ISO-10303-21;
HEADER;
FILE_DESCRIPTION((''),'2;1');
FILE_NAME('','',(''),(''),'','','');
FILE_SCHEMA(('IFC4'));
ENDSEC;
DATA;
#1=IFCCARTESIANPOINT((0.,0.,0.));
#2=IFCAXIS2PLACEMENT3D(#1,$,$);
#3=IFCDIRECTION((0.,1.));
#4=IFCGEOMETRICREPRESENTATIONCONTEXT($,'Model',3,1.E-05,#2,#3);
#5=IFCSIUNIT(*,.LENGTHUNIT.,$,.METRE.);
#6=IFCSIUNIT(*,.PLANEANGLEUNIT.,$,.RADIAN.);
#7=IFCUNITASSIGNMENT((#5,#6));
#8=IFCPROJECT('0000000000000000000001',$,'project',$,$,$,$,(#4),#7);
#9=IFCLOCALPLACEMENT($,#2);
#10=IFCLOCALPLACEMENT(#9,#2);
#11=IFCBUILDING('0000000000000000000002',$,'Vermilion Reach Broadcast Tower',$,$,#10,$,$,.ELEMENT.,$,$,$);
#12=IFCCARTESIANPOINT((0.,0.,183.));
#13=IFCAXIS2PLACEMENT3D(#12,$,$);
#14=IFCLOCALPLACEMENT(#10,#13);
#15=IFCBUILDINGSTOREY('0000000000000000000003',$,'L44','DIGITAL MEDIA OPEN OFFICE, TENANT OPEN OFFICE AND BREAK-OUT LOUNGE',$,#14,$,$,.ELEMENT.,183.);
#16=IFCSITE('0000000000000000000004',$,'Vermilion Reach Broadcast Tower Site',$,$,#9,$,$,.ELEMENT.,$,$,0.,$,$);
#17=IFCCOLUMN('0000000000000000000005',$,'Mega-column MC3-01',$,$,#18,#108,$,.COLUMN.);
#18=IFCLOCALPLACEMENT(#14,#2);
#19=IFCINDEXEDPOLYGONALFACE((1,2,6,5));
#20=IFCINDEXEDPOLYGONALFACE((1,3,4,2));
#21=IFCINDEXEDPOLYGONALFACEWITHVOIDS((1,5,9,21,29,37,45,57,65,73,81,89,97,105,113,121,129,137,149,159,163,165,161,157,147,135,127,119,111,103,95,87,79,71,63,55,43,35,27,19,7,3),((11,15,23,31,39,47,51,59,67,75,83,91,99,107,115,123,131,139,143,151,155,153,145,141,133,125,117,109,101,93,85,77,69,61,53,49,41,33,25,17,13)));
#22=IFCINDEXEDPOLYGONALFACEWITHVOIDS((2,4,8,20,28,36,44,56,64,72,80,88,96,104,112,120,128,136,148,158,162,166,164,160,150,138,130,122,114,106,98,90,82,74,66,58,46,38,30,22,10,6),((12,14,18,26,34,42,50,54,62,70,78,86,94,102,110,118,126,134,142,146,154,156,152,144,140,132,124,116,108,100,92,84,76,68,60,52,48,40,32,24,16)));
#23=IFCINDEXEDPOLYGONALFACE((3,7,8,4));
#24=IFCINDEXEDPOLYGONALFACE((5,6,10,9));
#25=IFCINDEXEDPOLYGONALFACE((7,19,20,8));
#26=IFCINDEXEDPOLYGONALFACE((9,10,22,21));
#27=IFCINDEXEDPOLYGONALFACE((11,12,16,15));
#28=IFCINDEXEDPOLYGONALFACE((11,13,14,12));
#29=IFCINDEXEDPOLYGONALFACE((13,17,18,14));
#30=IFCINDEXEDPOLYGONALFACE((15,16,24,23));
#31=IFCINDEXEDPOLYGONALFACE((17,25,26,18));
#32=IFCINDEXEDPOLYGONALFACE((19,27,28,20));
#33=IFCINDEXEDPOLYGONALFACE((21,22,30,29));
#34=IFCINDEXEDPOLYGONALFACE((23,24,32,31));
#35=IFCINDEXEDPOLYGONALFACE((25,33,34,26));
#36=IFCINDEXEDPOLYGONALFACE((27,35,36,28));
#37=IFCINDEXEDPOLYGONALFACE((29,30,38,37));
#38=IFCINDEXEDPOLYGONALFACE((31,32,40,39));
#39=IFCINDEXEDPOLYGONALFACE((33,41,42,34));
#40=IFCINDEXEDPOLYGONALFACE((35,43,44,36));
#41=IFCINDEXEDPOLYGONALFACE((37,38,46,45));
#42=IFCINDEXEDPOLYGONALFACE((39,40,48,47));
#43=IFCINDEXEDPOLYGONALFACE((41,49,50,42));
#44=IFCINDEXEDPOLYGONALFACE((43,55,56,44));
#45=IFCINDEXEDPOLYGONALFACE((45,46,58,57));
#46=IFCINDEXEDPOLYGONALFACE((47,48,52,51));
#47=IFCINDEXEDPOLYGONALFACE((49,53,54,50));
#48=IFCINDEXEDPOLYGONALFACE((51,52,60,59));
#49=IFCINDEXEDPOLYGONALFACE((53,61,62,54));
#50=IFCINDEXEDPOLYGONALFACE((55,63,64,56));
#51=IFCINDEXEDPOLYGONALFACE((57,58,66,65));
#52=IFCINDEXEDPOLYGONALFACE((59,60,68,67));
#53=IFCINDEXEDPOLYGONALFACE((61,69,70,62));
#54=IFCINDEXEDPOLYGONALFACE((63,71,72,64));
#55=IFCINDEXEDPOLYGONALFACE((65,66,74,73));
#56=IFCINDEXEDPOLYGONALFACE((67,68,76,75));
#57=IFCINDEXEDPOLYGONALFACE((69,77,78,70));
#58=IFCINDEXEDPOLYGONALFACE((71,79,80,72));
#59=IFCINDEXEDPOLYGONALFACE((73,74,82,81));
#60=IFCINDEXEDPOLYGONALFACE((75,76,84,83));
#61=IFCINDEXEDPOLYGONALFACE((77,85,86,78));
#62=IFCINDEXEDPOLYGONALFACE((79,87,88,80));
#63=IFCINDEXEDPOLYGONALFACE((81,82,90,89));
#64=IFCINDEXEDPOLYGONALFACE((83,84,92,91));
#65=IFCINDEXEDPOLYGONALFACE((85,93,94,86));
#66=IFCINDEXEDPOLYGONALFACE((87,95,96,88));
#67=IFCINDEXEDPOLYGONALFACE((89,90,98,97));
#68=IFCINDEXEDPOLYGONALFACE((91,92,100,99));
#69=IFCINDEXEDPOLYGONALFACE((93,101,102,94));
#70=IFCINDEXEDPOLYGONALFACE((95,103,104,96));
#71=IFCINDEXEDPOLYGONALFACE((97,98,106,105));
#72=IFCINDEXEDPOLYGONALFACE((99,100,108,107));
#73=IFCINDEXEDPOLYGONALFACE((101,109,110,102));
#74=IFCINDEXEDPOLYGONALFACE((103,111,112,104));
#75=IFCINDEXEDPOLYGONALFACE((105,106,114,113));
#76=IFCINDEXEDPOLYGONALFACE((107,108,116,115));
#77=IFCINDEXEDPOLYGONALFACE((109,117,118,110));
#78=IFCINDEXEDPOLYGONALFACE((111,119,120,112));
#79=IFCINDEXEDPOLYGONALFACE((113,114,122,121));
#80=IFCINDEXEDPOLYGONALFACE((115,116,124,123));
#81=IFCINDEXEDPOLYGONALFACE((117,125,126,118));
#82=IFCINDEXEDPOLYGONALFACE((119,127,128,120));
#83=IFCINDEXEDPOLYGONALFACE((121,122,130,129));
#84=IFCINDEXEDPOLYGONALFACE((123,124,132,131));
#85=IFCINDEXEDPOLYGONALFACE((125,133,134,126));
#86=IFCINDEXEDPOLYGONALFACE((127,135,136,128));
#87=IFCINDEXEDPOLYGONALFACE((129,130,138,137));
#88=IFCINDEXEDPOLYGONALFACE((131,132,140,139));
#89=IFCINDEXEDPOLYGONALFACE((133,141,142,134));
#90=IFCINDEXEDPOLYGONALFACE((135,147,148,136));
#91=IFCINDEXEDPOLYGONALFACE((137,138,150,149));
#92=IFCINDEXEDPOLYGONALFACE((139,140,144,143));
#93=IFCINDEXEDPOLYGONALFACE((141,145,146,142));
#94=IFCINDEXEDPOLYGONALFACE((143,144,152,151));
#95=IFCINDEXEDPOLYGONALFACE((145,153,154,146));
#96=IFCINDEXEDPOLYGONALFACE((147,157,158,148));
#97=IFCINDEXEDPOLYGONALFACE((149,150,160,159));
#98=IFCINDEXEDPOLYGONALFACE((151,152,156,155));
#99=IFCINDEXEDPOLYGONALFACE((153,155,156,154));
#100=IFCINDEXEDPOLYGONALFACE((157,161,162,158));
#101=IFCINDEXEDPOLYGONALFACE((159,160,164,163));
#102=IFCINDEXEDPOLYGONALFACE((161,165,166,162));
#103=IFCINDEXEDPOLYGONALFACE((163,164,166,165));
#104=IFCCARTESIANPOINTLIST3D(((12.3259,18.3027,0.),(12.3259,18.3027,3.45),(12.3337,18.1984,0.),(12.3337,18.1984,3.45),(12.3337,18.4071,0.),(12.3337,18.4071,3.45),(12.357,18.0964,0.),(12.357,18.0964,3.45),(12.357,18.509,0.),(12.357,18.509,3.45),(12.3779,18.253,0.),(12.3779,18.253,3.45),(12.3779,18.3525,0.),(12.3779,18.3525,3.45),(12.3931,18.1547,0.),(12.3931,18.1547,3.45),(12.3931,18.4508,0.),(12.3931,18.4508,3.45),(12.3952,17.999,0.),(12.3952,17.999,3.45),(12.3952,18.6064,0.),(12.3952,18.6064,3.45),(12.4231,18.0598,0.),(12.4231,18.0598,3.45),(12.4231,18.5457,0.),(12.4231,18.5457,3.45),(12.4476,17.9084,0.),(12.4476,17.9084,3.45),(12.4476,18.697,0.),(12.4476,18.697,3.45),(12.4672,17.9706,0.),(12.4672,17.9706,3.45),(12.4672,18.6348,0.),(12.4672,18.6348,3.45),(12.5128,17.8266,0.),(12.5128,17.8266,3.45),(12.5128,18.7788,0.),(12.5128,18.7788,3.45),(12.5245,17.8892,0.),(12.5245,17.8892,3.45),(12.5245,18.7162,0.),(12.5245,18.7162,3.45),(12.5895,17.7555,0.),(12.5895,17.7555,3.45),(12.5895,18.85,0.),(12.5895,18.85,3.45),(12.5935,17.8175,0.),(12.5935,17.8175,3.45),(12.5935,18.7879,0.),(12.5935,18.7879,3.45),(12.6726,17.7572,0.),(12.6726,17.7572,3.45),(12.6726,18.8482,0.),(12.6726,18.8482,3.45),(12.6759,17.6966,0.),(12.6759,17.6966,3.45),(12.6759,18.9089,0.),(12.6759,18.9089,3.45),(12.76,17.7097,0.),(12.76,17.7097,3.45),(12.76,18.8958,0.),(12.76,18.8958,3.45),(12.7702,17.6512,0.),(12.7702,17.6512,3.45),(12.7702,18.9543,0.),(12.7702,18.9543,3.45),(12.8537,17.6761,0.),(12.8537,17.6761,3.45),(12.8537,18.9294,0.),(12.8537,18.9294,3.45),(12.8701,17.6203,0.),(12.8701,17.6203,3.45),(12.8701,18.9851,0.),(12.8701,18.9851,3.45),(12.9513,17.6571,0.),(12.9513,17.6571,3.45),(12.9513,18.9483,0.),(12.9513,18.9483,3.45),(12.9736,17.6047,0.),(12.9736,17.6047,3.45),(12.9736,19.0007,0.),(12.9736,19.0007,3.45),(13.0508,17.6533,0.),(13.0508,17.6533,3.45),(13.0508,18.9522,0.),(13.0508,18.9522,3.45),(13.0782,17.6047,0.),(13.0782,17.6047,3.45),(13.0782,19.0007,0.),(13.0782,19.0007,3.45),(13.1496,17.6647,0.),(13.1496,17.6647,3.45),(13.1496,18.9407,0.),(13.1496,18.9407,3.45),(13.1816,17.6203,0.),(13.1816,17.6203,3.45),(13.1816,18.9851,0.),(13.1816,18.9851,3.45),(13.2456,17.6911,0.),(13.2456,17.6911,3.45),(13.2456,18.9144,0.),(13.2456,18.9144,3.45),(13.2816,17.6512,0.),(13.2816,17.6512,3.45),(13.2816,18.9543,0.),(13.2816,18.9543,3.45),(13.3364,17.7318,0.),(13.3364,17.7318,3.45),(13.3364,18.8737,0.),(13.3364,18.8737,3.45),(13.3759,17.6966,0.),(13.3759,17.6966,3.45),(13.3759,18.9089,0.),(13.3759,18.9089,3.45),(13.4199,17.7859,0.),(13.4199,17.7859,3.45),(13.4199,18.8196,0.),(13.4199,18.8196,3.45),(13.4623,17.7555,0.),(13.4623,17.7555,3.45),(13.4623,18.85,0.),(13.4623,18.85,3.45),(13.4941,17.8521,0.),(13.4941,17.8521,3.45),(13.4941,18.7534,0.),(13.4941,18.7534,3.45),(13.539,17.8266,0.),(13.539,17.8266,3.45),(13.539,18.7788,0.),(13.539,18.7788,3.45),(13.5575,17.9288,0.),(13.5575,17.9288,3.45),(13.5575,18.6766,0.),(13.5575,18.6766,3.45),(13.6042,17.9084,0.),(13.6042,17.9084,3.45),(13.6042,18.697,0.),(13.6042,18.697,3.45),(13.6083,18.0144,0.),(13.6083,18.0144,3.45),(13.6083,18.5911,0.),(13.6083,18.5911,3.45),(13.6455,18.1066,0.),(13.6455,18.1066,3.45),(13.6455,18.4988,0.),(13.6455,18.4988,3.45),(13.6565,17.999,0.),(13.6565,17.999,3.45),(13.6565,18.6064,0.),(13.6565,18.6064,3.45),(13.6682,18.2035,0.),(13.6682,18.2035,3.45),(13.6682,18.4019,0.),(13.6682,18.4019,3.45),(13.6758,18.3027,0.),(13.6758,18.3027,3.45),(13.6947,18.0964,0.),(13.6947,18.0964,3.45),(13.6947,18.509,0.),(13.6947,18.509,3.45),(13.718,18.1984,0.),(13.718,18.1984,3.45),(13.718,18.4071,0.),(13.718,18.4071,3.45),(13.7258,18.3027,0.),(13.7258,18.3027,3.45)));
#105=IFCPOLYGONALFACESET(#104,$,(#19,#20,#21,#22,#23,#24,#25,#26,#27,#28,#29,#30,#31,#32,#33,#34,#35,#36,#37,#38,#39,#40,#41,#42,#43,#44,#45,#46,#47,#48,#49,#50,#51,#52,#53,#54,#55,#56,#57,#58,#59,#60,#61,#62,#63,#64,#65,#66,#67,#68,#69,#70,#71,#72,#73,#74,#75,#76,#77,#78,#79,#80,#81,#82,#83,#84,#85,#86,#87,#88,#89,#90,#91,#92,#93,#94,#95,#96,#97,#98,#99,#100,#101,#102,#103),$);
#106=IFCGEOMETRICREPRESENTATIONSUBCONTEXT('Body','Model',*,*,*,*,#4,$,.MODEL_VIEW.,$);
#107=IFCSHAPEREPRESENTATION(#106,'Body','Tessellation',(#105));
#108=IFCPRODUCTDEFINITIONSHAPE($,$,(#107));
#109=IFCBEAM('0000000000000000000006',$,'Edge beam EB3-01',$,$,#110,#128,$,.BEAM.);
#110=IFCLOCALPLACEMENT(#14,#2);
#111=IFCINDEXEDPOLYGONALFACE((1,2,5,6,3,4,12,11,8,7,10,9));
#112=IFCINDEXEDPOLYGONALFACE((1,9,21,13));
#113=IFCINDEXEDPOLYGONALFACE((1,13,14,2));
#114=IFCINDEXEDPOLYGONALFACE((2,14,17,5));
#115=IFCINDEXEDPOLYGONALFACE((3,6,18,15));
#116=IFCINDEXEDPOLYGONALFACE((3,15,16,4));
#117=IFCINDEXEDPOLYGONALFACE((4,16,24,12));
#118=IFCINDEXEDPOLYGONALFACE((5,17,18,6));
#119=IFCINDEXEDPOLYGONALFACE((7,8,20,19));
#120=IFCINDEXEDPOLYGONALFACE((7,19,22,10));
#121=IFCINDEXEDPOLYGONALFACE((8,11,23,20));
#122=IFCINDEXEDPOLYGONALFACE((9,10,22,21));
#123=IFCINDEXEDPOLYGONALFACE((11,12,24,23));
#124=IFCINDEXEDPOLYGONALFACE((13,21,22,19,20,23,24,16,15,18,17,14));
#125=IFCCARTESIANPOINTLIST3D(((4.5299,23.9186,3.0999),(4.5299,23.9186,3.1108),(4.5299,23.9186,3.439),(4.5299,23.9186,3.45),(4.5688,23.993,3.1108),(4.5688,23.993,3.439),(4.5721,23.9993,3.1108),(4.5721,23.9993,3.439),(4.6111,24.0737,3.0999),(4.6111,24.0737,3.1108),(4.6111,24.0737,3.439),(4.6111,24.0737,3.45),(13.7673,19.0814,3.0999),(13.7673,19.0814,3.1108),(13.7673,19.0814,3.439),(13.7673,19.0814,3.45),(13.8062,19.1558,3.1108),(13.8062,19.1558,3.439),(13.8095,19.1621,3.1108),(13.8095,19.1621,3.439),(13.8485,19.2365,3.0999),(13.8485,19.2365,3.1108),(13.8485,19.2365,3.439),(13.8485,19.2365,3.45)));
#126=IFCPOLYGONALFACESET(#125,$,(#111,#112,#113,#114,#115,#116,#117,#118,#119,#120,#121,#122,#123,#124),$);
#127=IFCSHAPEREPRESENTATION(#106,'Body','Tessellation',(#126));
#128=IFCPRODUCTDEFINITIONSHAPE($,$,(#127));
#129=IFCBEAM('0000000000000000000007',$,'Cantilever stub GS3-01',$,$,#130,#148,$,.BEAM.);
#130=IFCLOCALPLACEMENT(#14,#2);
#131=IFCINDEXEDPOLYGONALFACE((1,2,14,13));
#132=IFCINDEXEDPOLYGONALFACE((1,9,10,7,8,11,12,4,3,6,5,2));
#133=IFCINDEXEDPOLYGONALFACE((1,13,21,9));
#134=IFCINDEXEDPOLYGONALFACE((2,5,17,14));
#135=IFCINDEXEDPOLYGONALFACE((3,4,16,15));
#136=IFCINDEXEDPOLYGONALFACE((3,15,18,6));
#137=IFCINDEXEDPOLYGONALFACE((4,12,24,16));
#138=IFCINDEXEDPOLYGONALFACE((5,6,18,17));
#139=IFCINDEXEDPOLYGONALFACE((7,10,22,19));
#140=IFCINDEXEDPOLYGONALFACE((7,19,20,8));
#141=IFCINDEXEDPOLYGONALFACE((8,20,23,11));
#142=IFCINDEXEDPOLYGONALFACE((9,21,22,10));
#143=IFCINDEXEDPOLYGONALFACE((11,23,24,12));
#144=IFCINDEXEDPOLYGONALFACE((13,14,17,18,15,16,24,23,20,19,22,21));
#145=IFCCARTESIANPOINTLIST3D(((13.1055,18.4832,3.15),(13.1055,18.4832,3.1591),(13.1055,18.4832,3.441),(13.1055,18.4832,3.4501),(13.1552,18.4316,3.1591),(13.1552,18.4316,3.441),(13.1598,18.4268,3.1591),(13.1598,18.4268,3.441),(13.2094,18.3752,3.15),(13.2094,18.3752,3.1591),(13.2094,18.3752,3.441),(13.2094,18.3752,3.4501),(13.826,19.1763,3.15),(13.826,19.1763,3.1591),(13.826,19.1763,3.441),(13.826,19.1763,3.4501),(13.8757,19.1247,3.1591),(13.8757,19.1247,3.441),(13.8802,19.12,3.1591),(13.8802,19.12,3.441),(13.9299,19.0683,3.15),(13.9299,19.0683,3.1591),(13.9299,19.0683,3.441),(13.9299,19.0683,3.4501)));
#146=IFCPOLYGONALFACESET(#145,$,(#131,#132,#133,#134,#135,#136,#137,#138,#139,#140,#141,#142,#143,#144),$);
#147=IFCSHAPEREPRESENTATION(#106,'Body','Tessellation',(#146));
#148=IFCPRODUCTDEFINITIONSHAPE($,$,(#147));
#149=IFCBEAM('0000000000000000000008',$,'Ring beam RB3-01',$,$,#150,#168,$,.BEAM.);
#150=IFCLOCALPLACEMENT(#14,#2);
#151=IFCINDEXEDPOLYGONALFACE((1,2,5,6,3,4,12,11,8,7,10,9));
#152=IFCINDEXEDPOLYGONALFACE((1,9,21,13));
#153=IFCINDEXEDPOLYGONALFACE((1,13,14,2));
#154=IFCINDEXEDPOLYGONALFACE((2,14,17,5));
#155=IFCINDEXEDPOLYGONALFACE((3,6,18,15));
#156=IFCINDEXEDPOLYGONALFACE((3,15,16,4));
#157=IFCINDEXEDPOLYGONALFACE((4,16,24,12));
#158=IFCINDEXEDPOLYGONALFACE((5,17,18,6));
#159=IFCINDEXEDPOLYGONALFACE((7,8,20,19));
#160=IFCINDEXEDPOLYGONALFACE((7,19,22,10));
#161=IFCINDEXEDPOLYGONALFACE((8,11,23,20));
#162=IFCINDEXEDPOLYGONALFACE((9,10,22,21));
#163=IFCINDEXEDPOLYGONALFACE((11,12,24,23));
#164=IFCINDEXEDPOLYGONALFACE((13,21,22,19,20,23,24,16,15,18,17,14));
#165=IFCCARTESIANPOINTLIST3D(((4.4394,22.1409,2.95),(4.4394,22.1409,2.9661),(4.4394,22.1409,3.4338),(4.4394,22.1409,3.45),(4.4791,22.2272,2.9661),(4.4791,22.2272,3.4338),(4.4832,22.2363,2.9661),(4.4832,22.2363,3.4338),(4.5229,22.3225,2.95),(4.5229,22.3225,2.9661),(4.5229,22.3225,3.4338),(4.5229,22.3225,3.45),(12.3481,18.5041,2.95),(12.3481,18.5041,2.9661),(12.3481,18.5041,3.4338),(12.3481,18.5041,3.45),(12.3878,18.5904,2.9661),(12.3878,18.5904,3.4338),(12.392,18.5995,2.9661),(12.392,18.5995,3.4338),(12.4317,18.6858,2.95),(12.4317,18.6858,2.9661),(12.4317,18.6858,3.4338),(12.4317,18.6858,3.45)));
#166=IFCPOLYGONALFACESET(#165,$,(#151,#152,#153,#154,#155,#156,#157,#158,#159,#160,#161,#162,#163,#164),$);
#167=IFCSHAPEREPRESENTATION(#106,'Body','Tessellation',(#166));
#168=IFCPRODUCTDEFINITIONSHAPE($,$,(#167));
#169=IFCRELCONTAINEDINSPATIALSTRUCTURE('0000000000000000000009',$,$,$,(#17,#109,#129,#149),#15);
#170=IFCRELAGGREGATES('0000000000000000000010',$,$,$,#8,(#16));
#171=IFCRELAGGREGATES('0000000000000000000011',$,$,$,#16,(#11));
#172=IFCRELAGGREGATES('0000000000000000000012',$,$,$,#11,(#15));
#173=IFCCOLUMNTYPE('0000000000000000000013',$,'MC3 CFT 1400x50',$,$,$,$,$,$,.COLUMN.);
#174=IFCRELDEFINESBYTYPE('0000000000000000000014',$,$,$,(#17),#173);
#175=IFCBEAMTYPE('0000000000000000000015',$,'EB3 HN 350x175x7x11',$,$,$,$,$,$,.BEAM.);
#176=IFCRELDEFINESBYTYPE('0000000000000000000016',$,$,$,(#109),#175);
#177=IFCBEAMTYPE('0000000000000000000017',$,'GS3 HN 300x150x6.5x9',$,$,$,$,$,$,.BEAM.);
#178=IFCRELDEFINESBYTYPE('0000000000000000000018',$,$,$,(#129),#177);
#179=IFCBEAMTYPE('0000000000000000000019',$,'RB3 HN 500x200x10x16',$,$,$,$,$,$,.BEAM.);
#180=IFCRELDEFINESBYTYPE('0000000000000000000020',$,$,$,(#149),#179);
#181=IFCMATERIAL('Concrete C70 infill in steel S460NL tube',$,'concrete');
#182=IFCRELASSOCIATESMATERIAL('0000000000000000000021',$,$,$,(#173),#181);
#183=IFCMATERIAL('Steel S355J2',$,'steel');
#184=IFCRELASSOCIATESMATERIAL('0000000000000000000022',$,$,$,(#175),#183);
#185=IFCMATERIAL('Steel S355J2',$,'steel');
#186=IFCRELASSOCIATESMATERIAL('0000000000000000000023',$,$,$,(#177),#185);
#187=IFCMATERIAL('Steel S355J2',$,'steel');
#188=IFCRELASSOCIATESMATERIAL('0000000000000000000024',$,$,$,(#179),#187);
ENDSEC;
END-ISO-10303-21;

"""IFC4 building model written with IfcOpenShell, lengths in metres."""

from ifc_helpers import new_model, si_unit, direction, frame, origin, origin_2d, place, context, subcontext, project, spatial, hollow_circle, i_section, extrude, material, material_profile, profile_set, type_object, element, save


model = new_model("IFC4")

# Units and contexts
model_context = context("Model", 3, precision=1e-05, world=origin(), true_north=direction((0.0, 1.0)))
body_context = subcontext(model_context, "Body", "Model", "MODEL_VIEW")
ifc_project = project(units=[si_unit("LENGTHUNIT", "METRE"), si_unit("PLANEANGLEUNIT", "RADIAN")], contexts=[model_context])

# Site, building, storey
site_placement = place(None, origin())
site = spatial("IfcSite", under=ifc_project, at=site_placement, Name="Vermilion Reach Broadcast Tower Site", CompositionType="ELEMENT", RefElevation=0.0)
building_placement = place(site_placement, origin())
building = spatial("IfcBuilding", under=site, at=building_placement, Name="Vermilion Reach Broadcast Tower", CompositionType="ELEMENT")
storey_placement = place(building_placement, frame((0.0, 0.0, 183.0)))
storey = spatial("IfcBuildingStorey", under=building, at=storey_placement, Name="L44", Description="DIGITAL MEDIA OPEN OFFICE, TENANT OPEN OFFICE AND BREAK-OUT LOUNGE", CompositionType="ELEMENT", Elevation=183.0)

# Column
ifc_material_1 = material(Name="Concrete C70 infill in steel S460NL tube", Category="concrete")
ifc_material_profile_1 = material_profile(ifc_material_1, hollow_circle(Radius=0.7, WallThickness=0.05, at=origin_2d()), Name="Concrete C70 infill in steel S460NL tube CFT 1400x50")
ifc_profile_set_1 = profile_set([ifc_material_profile_1], Name="Concrete C70 infill in steel S460NL tube")
column_type = type_object("IfcColumnType", Name="MC3 CFT 1400x50", PredefinedType="COLUMN", material=ifc_profile_set_1)
column_placement = place(storey_placement, frame((13.0259, 18.3027, 0.0), z_axis=(0.0, 0.0, 1.0), x_axis=(1.0, 0.0, 0.0)))
element("IfcColumn", 1, at=column_placement, inside=storey, type_object=column_type, Name="Mega-column MC3-01", PredefinedType="COLUMN", context=body_context, shape_type="SweptSolid", body=[
    extrude(hollow_circle(Radius=0.7, WallThickness=0.05, at=origin_2d()), origin(), (0.0, 0.0, 1.0), 3.45),
])

# Beams
ifc_material_2 = material(Name="Steel S355J2", Category="steel")
ifc_material_profile_2 = material_profile(ifc_material_2, i_section(OverallWidth=0.175, OverallDepth=0.3501, WebThickness=0.0071, FlangeThickness=0.011, at=origin_2d()), Name="S355J2 HN 350x175x7x11")
ifc_profile_set_2 = profile_set([ifc_material_profile_2], Name="Steel S355J2")
beam_type_1 = type_object("IfcBeamType", Name="EB3 HN 350x175x7x11", PredefinedType="BEAM", material=ifc_profile_set_2)
beam_1_placement = place(storey_placement, frame((13.8079, 19.1589, 3.2749), z_axis=(-0.885888, 0.463899, 0.0), x_axis=(-0.463899, -0.885888, 0.0)))
element("IfcBeam", 2, at=beam_1_placement, inside=storey, type_object=beam_type_1, Name="Edge beam EB3-01", PredefinedType="BEAM", context=body_context, shape_type="SweptSolid", body=[
    extrude(i_section(OverallWidth=0.175, OverallDepth=0.3501, WebThickness=0.0071, FlangeThickness=0.011, at=origin_2d()), origin(), (0.0, 0.0, 1.0), 10.4272),
])
ifc_material_3 = material(Name="Steel S355J2", Category="steel")
ifc_material_profile_3 = material_profile(ifc_material_3, i_section(OverallWidth=0.1499, OverallDepth=0.3, WebThickness=0.0066, FlangeThickness=0.009, at=origin_2d()), Name="S355J2 HN 300x150x6.5x9")
ifc_profile_set_3 = profile_set([ifc_material_profile_3], Name="Steel S355J2")
beam_type_2 = type_object("IfcBeamType", Name="GS3 HN 300x150x6.5x9", PredefinedType="BEAM", material=ifc_profile_set_3)
beam_2_placement = place(storey_placement, frame((13.1575, 18.4292, 3.3), z_axis=(0.72065, 0.693299, 0.0), x_axis=(-0.693299, 0.72065, 0.0)))
element("IfcBeam", 3, at=beam_2_placement, inside=storey, type_object=beam_type_2, Name="Cantilever stub GS3-01", PredefinedType="BEAM", context=body_context, shape_type="SweptSolid", body=[
    extrude(i_section(OverallWidth=0.1499, OverallDepth=0.3, WebThickness=0.0066, FlangeThickness=0.009, at=origin_2d()), origin(), (0.0, 0.0, 1.0), 0.9998),
])
ifc_material_4 = material(Name="Steel S355J2", Category="steel")
ifc_material_profile_4 = material_profile(ifc_material_4, i_section(OverallWidth=0.2, OverallDepth=0.5, WebThickness=0.01, FlangeThickness=0.0161, at=origin_2d()), Name="S355J2 HN 500x200x10x16")
ifc_profile_set_4 = profile_set([ifc_material_profile_4], Name="Steel S355J2")
beam_type_3 = type_object("IfcBeamType", Name="RB3 HN 500x200x10x16", PredefinedType="BEAM", material=ifc_profile_set_4)
beam_3_placement = place(storey_placement, frame((12.3899, 18.595, 3.2), z_axis=(-0.908546, 0.417784, 0.0), x_axis=(-0.417784, -0.908546, 0.0)))
element("IfcBeam", 4, at=beam_3_placement, inside=storey, type_object=beam_type_3, Name="Ring beam RB3-01", PredefinedType="BEAM", context=body_context, shape_type="SweptSolid", body=[
    extrude(i_section(OverallWidth=0.2, OverallDepth=0.5, WebThickness=0.01, FlangeThickness=0.0161, at=origin_2d()), origin(), (0.0, 0.0, 1.0), 8.7048),
])

save(model, "model.ifc")
